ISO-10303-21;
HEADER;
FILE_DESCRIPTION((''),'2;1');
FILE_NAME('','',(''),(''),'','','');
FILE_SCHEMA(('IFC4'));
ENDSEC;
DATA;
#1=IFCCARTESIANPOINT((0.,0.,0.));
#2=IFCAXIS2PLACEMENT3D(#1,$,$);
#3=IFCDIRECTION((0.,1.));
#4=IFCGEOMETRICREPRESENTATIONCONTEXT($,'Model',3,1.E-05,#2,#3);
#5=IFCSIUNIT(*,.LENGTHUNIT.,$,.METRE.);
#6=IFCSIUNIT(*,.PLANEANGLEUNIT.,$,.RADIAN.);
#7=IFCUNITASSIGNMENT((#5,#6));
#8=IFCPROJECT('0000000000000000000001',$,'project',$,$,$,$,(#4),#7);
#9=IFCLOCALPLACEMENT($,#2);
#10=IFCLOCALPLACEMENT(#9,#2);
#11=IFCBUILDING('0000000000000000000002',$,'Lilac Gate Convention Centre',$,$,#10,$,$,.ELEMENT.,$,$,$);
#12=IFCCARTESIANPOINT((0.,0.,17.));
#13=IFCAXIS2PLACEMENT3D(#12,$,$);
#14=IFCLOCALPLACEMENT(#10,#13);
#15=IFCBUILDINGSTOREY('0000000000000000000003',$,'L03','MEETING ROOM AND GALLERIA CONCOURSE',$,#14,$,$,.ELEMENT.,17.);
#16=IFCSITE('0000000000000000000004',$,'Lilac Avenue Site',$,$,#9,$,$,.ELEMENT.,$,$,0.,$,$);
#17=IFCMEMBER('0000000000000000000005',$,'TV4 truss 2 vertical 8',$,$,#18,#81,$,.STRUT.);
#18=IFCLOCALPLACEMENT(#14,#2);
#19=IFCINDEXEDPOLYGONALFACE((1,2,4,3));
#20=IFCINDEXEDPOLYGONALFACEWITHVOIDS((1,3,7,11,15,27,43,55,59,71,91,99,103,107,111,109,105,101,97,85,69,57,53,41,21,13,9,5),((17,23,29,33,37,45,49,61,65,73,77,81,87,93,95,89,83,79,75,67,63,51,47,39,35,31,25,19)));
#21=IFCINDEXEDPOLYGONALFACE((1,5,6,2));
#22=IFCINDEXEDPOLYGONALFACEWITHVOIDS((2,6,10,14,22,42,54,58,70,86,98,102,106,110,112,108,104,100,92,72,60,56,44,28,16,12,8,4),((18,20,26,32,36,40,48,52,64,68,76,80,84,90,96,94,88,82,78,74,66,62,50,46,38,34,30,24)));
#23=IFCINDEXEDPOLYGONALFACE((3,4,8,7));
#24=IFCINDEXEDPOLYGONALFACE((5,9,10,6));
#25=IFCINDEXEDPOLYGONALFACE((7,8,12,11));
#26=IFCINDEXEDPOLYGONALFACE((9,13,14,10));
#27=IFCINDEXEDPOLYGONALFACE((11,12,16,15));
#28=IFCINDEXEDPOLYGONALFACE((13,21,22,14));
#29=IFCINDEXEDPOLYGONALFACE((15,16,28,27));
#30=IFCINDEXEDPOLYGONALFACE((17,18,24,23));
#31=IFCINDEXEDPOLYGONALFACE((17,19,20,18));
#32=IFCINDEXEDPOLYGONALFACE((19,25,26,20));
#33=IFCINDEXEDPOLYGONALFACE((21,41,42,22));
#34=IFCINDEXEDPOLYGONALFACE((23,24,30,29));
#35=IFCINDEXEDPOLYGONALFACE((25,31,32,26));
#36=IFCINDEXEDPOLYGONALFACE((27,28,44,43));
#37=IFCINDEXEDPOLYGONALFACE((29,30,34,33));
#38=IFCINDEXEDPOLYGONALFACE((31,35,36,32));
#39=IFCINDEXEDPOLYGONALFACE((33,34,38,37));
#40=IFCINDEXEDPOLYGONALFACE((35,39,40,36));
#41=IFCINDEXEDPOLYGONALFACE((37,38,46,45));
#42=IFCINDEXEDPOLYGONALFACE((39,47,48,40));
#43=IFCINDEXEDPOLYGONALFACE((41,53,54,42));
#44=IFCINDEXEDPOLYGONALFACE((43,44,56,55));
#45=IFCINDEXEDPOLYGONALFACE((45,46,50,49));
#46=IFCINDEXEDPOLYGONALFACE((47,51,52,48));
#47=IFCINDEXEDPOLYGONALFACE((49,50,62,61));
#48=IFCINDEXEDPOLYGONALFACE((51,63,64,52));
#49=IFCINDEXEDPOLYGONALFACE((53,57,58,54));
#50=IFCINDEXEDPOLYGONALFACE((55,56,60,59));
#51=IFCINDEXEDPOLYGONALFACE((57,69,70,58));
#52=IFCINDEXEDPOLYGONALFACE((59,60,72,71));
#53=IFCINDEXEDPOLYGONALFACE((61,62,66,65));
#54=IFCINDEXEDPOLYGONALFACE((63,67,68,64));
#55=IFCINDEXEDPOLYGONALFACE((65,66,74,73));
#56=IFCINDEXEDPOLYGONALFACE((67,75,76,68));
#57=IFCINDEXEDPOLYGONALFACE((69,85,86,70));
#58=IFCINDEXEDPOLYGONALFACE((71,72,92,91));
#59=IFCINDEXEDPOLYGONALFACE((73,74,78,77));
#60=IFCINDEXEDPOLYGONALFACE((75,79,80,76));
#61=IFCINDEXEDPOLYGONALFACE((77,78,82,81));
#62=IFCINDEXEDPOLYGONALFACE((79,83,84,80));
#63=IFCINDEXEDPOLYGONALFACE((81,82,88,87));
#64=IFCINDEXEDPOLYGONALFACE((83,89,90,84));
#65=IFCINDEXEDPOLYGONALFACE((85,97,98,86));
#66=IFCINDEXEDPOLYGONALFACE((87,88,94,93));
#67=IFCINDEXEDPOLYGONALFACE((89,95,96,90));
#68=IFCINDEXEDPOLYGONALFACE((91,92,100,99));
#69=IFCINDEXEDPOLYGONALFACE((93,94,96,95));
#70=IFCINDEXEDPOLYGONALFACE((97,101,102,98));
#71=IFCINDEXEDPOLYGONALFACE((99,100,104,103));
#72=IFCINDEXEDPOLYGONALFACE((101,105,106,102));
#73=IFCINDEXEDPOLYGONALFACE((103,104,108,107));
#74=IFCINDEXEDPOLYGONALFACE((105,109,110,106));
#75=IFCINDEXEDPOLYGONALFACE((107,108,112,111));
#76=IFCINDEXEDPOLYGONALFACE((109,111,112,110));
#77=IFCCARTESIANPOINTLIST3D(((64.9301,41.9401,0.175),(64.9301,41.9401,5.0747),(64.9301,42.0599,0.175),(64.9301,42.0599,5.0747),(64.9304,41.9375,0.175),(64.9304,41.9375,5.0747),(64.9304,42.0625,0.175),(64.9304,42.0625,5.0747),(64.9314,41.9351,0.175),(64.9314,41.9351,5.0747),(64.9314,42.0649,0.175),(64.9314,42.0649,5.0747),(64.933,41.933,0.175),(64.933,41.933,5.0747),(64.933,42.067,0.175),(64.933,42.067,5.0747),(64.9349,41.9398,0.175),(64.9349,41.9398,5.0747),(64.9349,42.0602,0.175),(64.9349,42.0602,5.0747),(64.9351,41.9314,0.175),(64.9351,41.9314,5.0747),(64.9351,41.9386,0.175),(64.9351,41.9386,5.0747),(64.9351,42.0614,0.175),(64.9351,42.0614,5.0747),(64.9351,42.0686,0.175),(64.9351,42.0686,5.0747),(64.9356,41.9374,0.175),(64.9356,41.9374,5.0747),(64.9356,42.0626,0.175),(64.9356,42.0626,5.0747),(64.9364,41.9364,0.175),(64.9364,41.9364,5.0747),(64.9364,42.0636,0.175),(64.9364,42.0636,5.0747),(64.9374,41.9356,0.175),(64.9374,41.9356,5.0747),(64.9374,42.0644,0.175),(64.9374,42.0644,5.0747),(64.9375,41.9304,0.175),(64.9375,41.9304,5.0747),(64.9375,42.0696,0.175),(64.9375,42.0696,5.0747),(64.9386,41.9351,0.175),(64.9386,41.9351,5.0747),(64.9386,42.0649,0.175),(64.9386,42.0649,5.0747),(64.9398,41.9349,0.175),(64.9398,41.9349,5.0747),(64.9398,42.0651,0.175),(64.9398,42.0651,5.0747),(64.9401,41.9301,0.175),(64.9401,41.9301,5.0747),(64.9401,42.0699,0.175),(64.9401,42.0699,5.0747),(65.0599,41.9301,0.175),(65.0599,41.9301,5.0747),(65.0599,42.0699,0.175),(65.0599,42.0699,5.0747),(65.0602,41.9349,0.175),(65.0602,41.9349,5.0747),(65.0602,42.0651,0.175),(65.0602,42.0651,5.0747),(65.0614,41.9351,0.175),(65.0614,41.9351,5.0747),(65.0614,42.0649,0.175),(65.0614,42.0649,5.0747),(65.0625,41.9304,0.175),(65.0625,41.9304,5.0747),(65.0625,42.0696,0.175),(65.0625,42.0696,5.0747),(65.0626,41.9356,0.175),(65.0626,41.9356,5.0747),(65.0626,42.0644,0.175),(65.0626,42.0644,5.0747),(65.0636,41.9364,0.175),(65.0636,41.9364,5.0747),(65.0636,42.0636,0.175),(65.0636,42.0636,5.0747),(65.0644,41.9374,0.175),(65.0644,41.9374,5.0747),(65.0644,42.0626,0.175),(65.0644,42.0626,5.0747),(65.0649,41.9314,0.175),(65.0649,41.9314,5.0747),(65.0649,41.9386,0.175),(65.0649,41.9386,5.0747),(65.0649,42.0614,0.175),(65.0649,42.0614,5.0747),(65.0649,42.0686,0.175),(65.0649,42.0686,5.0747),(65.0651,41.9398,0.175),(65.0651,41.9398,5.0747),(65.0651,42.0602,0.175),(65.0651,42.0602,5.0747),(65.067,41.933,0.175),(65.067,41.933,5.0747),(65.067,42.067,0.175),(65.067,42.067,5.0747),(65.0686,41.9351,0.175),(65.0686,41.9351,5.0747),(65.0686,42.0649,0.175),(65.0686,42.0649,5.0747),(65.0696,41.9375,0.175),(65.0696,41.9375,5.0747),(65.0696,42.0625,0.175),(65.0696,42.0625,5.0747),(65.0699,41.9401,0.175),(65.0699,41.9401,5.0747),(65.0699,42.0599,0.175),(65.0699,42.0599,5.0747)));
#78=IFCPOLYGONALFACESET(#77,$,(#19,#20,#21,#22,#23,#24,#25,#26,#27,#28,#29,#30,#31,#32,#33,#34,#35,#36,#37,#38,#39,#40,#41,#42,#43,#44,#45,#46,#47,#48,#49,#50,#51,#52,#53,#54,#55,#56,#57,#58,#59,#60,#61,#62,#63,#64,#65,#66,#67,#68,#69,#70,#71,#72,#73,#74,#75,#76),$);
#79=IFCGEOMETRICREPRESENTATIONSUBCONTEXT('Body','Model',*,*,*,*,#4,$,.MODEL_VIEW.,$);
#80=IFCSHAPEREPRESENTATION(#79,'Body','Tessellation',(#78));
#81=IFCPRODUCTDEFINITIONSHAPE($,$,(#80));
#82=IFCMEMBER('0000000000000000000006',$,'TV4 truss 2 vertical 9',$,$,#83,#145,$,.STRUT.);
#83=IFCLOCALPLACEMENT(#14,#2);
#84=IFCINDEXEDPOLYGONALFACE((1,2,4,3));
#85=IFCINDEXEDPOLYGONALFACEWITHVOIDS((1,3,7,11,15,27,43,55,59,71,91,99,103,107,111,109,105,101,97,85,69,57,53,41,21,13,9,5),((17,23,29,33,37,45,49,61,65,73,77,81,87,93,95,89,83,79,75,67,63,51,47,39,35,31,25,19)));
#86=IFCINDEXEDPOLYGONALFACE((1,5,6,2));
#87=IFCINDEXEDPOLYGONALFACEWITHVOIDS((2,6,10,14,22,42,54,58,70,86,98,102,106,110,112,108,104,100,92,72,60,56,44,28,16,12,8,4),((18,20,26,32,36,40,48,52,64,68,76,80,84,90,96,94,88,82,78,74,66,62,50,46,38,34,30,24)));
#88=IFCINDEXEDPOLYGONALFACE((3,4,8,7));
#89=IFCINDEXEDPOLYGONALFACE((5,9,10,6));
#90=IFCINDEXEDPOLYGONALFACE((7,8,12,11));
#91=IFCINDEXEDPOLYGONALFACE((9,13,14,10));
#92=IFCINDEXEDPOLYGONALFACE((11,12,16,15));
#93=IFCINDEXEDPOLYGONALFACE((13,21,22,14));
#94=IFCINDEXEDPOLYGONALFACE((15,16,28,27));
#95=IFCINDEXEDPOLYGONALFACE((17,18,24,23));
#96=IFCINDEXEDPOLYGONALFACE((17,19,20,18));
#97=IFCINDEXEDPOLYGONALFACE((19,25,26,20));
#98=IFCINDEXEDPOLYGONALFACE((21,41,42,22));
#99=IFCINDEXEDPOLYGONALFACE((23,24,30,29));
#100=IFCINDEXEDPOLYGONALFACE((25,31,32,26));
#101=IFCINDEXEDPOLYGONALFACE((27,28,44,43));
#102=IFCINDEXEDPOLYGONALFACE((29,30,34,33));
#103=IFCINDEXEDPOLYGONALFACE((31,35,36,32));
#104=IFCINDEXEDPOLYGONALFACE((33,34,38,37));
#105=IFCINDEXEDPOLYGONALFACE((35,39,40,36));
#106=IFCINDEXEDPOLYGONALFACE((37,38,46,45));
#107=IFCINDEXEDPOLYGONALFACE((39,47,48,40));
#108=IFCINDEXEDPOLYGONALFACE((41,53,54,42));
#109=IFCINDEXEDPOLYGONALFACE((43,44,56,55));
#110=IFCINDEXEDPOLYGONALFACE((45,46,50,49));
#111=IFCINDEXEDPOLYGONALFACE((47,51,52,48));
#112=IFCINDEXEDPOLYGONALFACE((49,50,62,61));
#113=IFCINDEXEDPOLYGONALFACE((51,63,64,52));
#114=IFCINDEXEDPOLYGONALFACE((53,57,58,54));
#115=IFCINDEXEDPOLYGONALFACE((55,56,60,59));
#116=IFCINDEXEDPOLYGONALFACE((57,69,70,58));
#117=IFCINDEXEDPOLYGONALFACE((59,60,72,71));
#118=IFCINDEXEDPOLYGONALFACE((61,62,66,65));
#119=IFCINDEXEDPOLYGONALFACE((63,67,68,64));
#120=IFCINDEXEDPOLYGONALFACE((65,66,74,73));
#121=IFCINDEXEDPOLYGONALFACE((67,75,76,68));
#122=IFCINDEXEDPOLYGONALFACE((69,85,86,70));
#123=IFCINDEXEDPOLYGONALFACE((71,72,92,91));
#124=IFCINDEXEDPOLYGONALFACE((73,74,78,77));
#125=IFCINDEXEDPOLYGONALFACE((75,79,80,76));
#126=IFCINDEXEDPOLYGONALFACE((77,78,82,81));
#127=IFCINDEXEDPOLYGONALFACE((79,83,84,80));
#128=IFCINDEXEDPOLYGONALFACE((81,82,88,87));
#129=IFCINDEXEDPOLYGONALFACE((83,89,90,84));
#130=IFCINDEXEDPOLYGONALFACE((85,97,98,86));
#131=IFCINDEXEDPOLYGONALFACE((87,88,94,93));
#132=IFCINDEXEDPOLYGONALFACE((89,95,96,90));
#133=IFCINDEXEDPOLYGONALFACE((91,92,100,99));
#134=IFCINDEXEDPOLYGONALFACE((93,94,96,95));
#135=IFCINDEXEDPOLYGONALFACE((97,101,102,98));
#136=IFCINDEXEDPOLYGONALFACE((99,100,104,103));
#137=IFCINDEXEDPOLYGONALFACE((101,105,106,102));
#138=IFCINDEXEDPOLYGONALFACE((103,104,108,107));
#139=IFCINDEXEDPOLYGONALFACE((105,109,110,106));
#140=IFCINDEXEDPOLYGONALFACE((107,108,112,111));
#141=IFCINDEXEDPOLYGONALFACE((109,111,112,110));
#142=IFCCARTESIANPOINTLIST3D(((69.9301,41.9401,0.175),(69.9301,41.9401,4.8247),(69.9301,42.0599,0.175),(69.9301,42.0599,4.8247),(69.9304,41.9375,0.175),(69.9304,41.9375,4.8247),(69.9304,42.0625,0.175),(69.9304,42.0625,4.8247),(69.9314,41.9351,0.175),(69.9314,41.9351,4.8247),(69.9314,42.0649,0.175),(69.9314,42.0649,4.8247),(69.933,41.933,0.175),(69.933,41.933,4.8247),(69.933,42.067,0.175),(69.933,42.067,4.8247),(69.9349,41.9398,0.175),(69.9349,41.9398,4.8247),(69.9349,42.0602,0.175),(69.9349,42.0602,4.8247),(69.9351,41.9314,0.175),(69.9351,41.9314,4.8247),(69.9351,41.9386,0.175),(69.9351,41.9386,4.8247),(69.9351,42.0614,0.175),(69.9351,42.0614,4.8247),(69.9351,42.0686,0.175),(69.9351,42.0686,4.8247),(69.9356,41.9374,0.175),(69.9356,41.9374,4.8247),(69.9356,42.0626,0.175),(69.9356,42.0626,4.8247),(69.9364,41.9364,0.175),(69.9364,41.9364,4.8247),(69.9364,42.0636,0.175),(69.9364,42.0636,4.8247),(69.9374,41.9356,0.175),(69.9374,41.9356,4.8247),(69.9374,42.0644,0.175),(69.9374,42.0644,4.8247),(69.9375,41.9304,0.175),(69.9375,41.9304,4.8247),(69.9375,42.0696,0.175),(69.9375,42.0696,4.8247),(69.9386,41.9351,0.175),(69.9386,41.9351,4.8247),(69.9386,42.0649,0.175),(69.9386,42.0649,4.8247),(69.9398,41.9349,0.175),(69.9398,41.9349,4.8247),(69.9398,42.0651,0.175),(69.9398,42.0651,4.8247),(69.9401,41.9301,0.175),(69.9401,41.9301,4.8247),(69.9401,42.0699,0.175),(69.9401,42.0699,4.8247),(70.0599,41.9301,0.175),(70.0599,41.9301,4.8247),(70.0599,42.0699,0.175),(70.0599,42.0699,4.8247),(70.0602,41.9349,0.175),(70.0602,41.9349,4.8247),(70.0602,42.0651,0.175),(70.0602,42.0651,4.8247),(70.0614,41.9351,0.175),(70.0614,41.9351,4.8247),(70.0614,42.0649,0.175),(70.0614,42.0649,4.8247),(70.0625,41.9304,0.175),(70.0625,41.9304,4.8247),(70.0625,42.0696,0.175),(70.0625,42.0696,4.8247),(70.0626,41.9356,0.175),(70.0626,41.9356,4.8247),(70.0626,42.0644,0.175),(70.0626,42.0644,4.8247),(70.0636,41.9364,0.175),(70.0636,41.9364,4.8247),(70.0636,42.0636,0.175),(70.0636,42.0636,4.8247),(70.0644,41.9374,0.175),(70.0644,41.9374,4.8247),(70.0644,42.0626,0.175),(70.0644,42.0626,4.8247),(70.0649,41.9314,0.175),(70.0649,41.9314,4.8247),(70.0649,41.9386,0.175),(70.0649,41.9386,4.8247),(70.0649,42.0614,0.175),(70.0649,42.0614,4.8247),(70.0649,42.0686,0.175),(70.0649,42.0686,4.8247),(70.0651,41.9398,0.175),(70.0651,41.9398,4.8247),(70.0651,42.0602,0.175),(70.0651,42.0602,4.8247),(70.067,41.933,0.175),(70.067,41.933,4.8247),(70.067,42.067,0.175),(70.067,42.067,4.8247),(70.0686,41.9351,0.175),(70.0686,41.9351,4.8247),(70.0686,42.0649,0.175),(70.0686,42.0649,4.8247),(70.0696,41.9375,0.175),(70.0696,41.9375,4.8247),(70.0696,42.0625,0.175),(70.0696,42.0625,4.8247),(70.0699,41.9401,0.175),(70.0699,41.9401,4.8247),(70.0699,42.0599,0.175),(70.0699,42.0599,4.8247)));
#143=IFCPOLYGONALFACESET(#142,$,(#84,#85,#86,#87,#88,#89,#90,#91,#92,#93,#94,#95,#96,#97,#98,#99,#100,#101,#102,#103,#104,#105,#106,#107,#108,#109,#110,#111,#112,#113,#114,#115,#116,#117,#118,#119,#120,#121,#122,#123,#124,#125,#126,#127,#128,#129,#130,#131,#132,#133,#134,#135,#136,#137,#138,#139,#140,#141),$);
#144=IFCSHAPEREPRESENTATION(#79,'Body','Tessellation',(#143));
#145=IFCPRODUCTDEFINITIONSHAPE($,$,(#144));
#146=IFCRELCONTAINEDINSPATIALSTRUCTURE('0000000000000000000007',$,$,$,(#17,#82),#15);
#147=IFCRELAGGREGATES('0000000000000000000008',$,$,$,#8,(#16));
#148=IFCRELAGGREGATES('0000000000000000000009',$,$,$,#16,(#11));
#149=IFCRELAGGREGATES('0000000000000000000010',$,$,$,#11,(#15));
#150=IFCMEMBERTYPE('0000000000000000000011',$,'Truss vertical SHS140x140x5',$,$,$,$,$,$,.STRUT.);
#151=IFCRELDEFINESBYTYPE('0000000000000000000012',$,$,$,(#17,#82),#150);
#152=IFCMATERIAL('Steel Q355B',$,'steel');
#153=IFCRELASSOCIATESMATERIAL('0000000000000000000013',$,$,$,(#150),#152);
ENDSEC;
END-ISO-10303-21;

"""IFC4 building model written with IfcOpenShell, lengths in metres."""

from ifc_helpers import new_model, si_unit, direction, frame, origin, origin_2d, place, context, subcontext, project, spatial, hollow_rectangle, extrude, material, material_profile, profile_set, type_object, element, save


model = new_model("IFC4")

# Units and contexts
model_context = context("Model", 3, precision=1e-05, world=origin(), true_north=direction((0.0, 1.0)))
body_context = subcontext(model_context, "Body", "Model", "MODEL_VIEW")
ifc_project = project(units=[si_unit("LENGTHUNIT", "METRE"), si_unit("PLANEANGLEUNIT", "RADIAN")], contexts=[model_context])

# Site, building, storey
site_placement = place(None, origin())
site = spatial("IfcSite", under=ifc_project, at=site_placement, Name="Lilac Avenue Site", CompositionType="ELEMENT", RefElevation=0.0)
building_placement = place(site_placement, origin())
building = spatial("IfcBuilding", under=site, at=building_placement, Name="Lilac Gate Convention Centre", CompositionType="ELEMENT")
storey_placement = place(building_placement, frame((0.0, 0.0, 17.0)))
storey = spatial("IfcBuildingStorey", under=building, at=storey_placement, Name="L03", Description="MEETING ROOM AND GALLERIA CONCOURSE", CompositionType="ELEMENT", Elevation=17.0)

# Members
ifc_material = material(Name="Steel Q355B", Category="steel")
ifc_material_profile_1 = material_profile(ifc_material, hollow_rectangle(XDim=0.1399, YDim=0.1399, WallThickness=0.0049, InnerFilletRadius=0.0049, OuterFilletRadius=0.01, at=origin_2d()), Name="SHS140x140x5")
ifc_profile_set_1 = profile_set([ifc_material_profile_1], Name="Steel Q355B")
member_type_1 = type_object("IfcMemberType", Name="Truss vertical SHS140x140x5", PredefinedType="STRUT", material=ifc_profile_set_1)
member_1_placement = place(storey_placement, frame((65.0, 42.0, 0.175), z_axis=(0.0, 0.0, 1.0), x_axis=(1.0, 0.0, 0.0)))
element("IfcMember", 1, at=member_1_placement, inside=storey, type_object=member_type_1, Name="TV4 truss 2 vertical 8", PredefinedType="STRUT", context=body_context, shape_type="SweptSolid", body=[
    extrude(hollow_rectangle(XDim=0.1399, YDim=0.1399, WallThickness=0.0049, InnerFilletRadius=0.0049, OuterFilletRadius=0.01, at=origin_2d()), origin(), (0.0, 0.0, 1.0), 4.8997),
])
member_2_placement = place(storey_placement, frame((70.0, 42.0, 0.175), z_axis=(0.0, 0.0, 1.0), x_axis=(1.0, 0.0, 0.0)))
element("IfcMember", 2, at=member_2_placement, inside=storey, type_object=member_type_1, Name="TV4 truss 2 vertical 9", PredefinedType="STRUT", context=body_context, shape_type="SweptSolid", body=[
    extrude(hollow_rectangle(XDim=0.1399, YDim=0.1399, WallThickness=0.0049, InnerFilletRadius=0.0049, OuterFilletRadius=0.01, at=origin_2d()), origin(), (0.0, 0.0, 1.0), 4.6497),
])

save(model, "model.ifc")
